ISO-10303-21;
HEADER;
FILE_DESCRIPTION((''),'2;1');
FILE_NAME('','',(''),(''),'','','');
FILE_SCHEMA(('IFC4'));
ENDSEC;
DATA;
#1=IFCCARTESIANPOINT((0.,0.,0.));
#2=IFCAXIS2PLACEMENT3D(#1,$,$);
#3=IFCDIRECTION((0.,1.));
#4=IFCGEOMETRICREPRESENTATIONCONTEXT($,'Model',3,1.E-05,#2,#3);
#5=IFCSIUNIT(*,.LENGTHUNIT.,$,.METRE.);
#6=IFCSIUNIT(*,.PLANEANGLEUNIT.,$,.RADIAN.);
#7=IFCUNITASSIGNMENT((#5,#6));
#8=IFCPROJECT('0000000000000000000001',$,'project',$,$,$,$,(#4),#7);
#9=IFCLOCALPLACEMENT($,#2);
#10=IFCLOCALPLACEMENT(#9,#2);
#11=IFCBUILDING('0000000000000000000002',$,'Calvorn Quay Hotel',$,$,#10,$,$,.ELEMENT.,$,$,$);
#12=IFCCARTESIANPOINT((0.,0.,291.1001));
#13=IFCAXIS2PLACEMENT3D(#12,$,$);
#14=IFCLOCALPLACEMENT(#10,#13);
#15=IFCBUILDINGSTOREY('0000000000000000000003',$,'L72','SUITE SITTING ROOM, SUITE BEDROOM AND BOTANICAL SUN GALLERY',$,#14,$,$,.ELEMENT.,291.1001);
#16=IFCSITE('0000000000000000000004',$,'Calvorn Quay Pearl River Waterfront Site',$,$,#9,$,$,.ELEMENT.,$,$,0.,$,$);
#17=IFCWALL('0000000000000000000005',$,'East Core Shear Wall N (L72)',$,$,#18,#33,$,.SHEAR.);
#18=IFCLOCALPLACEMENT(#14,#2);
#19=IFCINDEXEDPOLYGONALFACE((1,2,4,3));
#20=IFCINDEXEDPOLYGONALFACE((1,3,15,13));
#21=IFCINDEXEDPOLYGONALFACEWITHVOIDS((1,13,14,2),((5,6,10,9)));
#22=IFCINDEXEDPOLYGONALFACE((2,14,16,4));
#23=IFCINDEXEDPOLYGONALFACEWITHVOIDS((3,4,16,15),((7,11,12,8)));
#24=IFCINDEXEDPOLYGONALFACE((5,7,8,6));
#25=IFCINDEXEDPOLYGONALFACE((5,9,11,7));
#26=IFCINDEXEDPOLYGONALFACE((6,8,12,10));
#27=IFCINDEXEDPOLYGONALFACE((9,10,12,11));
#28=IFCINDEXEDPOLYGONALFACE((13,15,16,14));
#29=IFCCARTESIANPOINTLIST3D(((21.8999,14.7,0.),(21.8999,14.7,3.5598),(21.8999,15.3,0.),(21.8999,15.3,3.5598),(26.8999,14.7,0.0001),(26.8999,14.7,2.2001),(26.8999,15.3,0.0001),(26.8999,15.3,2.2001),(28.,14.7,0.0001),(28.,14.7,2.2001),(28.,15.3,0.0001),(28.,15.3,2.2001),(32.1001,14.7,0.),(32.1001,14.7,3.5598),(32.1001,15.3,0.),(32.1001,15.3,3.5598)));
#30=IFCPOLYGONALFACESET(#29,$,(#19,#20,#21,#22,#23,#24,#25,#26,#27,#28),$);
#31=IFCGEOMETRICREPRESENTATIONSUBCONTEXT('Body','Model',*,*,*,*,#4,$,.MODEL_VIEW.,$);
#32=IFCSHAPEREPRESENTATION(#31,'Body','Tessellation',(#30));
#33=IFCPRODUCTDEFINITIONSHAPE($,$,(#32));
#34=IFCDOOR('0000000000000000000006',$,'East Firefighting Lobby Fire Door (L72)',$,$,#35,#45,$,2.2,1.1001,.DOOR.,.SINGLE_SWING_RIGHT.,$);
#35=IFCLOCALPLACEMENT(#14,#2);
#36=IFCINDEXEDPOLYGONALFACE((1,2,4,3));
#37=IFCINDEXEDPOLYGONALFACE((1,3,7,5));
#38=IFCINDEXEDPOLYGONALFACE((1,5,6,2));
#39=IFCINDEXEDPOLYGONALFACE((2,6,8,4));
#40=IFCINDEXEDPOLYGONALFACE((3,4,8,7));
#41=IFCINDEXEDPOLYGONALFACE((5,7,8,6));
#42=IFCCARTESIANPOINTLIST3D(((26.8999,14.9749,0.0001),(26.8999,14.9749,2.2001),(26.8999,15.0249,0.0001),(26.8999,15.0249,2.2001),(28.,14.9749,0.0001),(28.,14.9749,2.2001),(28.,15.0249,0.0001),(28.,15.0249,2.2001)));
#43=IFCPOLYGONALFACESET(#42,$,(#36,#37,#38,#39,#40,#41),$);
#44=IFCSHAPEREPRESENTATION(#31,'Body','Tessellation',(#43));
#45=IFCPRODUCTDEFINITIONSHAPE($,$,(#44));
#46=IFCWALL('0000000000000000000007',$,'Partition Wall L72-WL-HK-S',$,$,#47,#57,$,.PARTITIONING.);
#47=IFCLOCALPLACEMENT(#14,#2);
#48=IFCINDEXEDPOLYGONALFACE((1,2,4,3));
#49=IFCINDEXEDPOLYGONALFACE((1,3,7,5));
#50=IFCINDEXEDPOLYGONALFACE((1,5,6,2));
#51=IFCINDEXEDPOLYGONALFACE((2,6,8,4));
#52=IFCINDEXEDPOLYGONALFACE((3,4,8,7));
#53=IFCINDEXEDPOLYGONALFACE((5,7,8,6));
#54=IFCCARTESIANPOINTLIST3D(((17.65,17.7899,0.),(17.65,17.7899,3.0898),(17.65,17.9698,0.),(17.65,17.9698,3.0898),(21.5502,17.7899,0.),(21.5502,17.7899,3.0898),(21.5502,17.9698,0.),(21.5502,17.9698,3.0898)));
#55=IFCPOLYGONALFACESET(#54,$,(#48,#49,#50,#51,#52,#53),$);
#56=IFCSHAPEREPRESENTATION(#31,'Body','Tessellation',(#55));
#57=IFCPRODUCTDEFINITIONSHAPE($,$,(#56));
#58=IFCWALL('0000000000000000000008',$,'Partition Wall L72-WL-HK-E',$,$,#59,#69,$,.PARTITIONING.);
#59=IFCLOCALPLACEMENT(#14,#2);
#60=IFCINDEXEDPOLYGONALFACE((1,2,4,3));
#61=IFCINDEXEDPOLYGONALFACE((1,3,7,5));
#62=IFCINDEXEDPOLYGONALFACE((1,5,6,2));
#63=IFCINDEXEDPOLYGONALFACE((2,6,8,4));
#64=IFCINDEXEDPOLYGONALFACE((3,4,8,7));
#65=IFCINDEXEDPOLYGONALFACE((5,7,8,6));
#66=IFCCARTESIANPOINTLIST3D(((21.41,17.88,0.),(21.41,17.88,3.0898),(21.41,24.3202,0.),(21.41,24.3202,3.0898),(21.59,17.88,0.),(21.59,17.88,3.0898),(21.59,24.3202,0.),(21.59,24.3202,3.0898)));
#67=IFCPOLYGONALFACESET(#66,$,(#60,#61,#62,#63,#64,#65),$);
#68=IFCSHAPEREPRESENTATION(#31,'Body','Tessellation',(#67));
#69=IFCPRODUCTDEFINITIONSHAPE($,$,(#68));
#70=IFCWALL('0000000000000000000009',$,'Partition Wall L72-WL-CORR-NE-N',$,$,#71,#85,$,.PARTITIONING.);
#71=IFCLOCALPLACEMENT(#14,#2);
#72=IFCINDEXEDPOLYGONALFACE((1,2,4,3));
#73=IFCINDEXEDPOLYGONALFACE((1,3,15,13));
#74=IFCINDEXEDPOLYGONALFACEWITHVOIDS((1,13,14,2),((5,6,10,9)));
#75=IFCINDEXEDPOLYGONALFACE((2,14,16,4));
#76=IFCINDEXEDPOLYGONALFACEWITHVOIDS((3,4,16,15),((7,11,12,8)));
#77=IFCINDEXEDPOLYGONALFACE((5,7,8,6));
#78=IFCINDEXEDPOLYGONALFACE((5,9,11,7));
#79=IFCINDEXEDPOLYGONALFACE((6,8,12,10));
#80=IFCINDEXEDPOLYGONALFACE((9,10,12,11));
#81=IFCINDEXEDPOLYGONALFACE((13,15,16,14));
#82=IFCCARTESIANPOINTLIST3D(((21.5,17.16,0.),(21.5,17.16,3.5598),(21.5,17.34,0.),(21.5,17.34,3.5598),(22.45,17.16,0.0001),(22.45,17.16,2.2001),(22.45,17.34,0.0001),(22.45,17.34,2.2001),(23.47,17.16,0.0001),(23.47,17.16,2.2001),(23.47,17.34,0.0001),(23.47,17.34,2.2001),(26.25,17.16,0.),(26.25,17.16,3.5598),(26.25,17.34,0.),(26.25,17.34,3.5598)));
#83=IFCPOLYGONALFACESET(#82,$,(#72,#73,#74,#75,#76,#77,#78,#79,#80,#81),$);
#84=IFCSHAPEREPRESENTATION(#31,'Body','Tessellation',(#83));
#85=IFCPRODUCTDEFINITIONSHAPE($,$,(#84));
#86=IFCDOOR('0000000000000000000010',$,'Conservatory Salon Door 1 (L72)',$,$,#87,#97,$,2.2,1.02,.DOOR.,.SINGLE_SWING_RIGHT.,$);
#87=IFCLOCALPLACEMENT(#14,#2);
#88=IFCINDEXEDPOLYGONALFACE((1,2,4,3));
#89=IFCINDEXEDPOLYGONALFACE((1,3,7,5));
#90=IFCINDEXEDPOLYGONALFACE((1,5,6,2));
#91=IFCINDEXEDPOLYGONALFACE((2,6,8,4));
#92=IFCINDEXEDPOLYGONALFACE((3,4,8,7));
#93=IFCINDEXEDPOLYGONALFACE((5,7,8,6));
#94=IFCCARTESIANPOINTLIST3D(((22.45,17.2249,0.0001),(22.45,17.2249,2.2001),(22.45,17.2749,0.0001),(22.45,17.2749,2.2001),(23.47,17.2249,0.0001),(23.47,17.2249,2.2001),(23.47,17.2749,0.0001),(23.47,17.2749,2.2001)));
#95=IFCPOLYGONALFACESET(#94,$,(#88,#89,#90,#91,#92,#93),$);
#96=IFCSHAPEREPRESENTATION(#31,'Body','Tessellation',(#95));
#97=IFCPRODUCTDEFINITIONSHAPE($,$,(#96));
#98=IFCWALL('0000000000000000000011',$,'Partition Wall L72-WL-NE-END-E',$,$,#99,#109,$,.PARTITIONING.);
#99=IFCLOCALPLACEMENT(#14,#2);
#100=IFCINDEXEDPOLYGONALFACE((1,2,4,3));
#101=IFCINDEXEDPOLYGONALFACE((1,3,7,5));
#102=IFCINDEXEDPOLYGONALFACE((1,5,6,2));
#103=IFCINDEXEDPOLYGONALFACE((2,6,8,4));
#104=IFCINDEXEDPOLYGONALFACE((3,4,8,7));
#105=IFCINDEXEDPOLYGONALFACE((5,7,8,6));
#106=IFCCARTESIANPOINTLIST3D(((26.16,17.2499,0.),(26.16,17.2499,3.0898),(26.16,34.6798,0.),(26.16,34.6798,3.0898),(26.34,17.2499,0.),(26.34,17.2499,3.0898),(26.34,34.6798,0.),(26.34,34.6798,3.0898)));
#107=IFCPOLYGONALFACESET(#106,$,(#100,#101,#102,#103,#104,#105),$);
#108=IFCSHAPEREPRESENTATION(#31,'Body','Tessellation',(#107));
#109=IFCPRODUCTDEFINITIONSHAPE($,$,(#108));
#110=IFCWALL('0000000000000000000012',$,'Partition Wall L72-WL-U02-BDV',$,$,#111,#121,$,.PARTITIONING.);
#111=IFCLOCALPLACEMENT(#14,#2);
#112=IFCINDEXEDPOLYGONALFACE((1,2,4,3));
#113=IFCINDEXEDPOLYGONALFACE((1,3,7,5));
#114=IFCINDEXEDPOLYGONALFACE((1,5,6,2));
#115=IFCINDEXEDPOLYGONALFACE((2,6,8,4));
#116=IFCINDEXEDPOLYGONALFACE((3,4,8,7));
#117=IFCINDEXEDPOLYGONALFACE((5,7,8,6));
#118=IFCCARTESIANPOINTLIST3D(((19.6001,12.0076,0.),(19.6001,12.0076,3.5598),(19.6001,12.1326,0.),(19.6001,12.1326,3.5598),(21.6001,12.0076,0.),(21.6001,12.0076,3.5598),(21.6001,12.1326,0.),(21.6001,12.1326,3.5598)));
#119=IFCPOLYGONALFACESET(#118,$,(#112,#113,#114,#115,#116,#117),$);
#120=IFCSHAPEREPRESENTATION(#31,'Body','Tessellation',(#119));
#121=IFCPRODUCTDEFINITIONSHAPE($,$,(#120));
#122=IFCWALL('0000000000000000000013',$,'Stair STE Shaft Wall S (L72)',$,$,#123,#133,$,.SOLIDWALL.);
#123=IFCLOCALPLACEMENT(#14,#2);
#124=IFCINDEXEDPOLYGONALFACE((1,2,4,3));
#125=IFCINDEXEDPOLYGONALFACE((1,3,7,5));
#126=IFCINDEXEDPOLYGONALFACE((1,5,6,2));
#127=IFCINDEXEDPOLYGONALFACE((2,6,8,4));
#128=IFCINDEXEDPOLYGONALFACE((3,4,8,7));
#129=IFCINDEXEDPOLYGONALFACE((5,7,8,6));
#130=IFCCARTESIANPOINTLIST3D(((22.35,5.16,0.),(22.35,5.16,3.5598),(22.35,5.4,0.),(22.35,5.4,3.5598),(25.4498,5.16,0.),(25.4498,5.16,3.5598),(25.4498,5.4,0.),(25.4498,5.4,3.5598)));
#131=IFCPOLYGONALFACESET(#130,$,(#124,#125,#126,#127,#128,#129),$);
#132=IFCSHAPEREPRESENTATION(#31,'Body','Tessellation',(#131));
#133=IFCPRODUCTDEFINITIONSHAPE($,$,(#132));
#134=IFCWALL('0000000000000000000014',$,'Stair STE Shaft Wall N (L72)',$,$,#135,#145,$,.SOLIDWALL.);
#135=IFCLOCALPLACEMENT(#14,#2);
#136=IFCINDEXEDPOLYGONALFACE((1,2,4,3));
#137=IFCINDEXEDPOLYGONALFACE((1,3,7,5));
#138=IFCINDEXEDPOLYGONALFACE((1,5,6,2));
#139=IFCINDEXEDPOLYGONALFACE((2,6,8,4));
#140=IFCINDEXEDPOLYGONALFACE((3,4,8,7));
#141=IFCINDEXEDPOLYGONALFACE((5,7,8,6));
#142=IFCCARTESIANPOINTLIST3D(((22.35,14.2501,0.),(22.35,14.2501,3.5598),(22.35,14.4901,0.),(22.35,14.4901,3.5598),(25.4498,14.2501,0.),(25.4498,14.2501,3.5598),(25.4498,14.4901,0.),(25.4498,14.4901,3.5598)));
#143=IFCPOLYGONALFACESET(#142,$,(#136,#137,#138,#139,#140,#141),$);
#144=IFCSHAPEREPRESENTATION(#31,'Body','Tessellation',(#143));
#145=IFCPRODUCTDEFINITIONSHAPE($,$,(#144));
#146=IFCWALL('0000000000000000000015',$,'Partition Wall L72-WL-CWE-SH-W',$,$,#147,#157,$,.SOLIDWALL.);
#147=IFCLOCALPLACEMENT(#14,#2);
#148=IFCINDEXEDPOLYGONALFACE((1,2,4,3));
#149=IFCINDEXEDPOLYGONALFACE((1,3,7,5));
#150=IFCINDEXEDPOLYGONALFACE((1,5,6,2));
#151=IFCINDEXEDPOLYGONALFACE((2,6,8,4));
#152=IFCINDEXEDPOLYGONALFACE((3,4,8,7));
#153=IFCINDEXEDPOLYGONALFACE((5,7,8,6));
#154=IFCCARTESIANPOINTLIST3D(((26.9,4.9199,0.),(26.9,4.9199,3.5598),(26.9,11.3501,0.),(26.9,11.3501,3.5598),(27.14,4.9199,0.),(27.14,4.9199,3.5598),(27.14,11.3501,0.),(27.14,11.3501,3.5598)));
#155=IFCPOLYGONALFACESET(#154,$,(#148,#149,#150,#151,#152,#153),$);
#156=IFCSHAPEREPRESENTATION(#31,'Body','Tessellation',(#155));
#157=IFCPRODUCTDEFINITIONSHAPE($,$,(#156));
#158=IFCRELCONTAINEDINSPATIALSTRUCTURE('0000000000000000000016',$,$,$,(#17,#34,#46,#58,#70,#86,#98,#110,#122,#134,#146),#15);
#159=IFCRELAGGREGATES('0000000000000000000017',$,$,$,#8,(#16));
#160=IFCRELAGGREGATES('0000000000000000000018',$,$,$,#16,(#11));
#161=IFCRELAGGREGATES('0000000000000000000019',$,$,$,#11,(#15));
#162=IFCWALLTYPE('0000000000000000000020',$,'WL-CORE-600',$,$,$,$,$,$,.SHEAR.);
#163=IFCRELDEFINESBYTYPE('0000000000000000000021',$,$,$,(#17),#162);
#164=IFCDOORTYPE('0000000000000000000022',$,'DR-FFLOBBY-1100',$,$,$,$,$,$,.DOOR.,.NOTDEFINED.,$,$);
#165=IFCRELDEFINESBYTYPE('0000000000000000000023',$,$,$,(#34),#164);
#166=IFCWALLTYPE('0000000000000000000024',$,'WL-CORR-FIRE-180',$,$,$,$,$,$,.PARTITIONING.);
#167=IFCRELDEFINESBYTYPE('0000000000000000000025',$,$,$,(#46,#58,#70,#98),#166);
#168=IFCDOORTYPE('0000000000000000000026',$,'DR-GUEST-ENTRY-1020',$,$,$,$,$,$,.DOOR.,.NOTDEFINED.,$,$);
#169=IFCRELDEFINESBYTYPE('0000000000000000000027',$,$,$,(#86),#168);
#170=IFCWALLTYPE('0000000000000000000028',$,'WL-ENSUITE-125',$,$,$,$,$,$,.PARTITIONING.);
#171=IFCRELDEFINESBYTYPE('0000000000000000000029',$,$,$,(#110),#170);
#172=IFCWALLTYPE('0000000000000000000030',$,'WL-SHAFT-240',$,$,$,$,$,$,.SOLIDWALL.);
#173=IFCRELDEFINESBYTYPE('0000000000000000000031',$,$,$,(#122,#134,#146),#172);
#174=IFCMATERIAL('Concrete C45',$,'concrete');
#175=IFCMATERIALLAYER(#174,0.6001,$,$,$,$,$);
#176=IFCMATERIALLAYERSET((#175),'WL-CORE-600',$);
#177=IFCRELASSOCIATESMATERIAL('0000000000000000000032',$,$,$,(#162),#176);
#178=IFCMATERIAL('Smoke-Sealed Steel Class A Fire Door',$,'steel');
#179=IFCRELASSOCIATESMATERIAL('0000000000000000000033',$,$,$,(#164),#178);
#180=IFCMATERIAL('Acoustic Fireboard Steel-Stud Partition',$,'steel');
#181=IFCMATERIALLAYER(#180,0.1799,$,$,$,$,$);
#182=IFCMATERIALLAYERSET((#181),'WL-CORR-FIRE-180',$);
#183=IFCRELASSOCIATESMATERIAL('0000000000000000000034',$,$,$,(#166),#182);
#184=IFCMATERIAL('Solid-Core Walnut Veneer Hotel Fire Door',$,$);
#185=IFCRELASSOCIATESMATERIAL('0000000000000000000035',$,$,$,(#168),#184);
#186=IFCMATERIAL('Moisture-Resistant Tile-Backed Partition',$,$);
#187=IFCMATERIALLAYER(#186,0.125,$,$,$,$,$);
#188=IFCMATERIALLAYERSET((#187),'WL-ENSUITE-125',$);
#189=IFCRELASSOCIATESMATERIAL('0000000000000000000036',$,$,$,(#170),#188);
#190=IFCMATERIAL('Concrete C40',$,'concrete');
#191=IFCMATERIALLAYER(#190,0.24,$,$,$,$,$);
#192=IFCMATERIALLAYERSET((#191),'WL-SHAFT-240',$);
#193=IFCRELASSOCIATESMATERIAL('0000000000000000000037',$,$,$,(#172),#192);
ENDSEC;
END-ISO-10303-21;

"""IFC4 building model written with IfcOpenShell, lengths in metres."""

from ifc_helpers import new_model, si_unit, direction, frame, frame_2d, origin, place, context, subcontext, project, spatial, rectangle, extrude, material, layer, layer_set, type_object, element, fill, save


model = new_model("IFC4")

# Units and contexts
model_context = context("Model", 3, precision=1e-05, world=origin(), true_north=direction((0.0, 1.0)))
body_context = subcontext(model_context, "Body", "Model", "MODEL_VIEW")
ifc_project = project(units=[si_unit("LENGTHUNIT", "METRE"), si_unit("PLANEANGLEUNIT", "RADIAN")], contexts=[model_context])

# Site, building, storey
site_placement = place(None, origin())
site = spatial("IfcSite", under=ifc_project, at=site_placement, Name="Calvorn Quay Pearl River Waterfront Site", CompositionType="ELEMENT", RefElevation=0.0)
building_placement = place(site_placement, origin())
building = spatial("IfcBuilding", under=site, at=building_placement, Name="Calvorn Quay Hotel", CompositionType="ELEMENT")
storey_placement = place(building_placement, frame((0.0, 0.0, 291.1001)))
storey = spatial("IfcBuildingStorey", under=building, at=storey_placement, Name="L72", Description="SUITE SITTING ROOM, SUITE BEDROOM AND BOTANICAL SUN GALLERY", CompositionType="ELEMENT", Elevation=291.1001)

# Wall, opening, door
ifc_material_1 = material(Name="Concrete C45", Category="concrete")
ifc_layer_1 = layer(ifc_material_1, 0.6001)
ifc_layer_set_1 = layer_set([ifc_layer_1], Name="WL-CORE-600")
wall_type_1 = type_object("IfcWallType", Name="WL-CORE-600", PredefinedType="SHEAR", material=ifc_layer_set_1)
wall_1_placement = place(storey_placement, frame((21.8999, 15.0, 0.0), z_axis=(0.0, 0.0, 1.0), x_axis=(1.0, 0.0, 0.0)))
wall_1 = element("IfcWall", 1, at=wall_1_placement, inside=storey, type_object=wall_type_1, Name="East Core Shear Wall N (L72)", PredefinedType="SHEAR", context=body_context, shape_type="SweptSolid", body=[
    extrude(rectangle(XDim=10.2002, YDim=0.6001, at=frame_2d((5.1001, 0.0))), origin(), (0.0, 0.0, 1.0), 3.5598),
])
opening_1_placement = place(wall_1_placement, frame((5.0, 0.0, 0.0)))
opening_1 = element("IfcOpeningElement", 2, at=opening_1_placement, cuts=wall_1, PredefinedType="OPENING", context=body_context, shape_type="SweptSolid", body=[
    extrude(rectangle(XDim=1.1001, YDim=2.2, at=frame_2d((0.55, 1.1001))), frame((0.0, 0.3101, 0.0), z_axis=(0.0, -1.0, 0.0), x_axis=(1.0, 0.0, 0.0)), (0.0, 0.0, 1.0), 0.6201),
])
ifc_material_2 = material(Name="Smoke-Sealed Steel Class A Fire Door", Category="steel")
door_type_1 = type_object("IfcDoorType", Name="DR-FFLOBBY-1100", OperationType="NOTDEFINED", PredefinedType="DOOR", material=ifc_material_2)
door_1_placement = place(opening_1_placement, origin())
door_1 = element("IfcDoor", 3, at=door_1_placement, inside=storey, type_object=door_type_1, Name="East Firefighting Lobby Fire Door (L72)", OperationType="SINGLE_SWING_RIGHT", OverallHeight=2.2, OverallWidth=1.1001, PredefinedType="DOOR", context=body_context, shape_type="SweptSolid", body=[
    extrude(rectangle(XDim=1.1001, YDim=2.2, at=frame_2d((0.55, 1.1001))), frame((0.0, 0.0249, 0.0), z_axis=(0.0, -1.0, 0.0), x_axis=(1.0, 0.0, 0.0)), (0.0, 0.0, 1.0), 0.05),
])
fill(opening_1, door_1)

# Walls
ifc_material_3 = material(Name="Acoustic Fireboard Steel-Stud Partition", Category="steel")
ifc_layer_2 = layer(ifc_material_3, 0.1799)
ifc_layer_set_2 = layer_set([ifc_layer_2], Name="WL-CORR-FIRE-180")
wall_type_2 = type_object("IfcWallType", Name="WL-CORR-FIRE-180", PredefinedType="PARTITIONING", material=ifc_layer_set_2)
wall_2_placement = place(storey_placement, frame((17.6499, 17.8799, 0.0), z_axis=(0.0, 0.0, 1.0), x_axis=(1.0, 0.0, 0.0)))
element("IfcWall", 4, at=wall_2_placement, inside=storey, type_object=wall_type_2, Name="Partition Wall L72-WL-HK-S", PredefinedType="PARTITIONING", context=body_context, shape_type="SweptSolid", body=[
    extrude(rectangle(XDim=3.9001, YDim=0.1799, at=frame_2d((1.9502, 0.0))), origin(), (0.0, 0.0, 1.0), 3.0898),
])
wall_3_placement = place(storey_placement, frame((21.5, 17.8799, 0.0), z_axis=(0.0, 0.0, 1.0), x_axis=(0.0, 1.0, 0.0)))
element("IfcWall", 5, at=wall_3_placement, inside=storey, type_object=wall_type_2, Name="Partition Wall L72-WL-HK-E", PredefinedType="PARTITIONING", context=body_context, shape_type="SweptSolid", body=[
    extrude(rectangle(XDim=6.4402, YDim=0.1799, at=frame_2d((3.2202, 0.0))), origin(), (0.0, 0.0, 1.0), 3.0898),
])

# Wall, opening, door
wall_4_placement = place(storey_placement, frame((21.5, 17.25, 0.0), z_axis=(0.0, 0.0, 1.0), x_axis=(1.0, 0.0, 0.0)))
wall_4 = element("IfcWall", 6, at=wall_4_placement, inside=storey, type_object=wall_type_2, Name="Partition Wall L72-WL-CORR-NE-N", PredefinedType="PARTITIONING", context=body_context, shape_type="SweptSolid", body=[
    extrude(rectangle(XDim=4.75, YDim=0.1799, at=frame_2d((2.375, 0.0))), origin(), (0.0, 0.0, 1.0), 3.5598),
])
opening_2_placement = place(wall_4_placement, frame((0.95, 0.0, 0.0)))
opening_2 = element("IfcOpeningElement", 7, at=opening_2_placement, cuts=wall_4, PredefinedType="OPENING", context=body_context, shape_type="SweptSolid", body=[
    extrude(rectangle(XDim=1.02, YDim=2.2, at=frame_2d((0.51, 1.1001))), frame((0.0, 0.0999, 0.0), z_axis=(0.0, -1.0, 0.0), x_axis=(1.0, 0.0, 0.0)), (0.0, 0.0, 1.0), 0.2),
])
ifc_material_4 = material(Name="Solid-Core Walnut Veneer Hotel Fire Door")
door_type_2 = type_object("IfcDoorType", Name="DR-GUEST-ENTRY-1020", OperationType="NOTDEFINED", PredefinedType="DOOR", material=ifc_material_4)
door_2_placement = place(opening_2_placement, origin())
door_2 = element("IfcDoor", 8, at=door_2_placement, inside=storey, type_object=door_type_2, Name="Conservatory Salon Door 1 (L72)", OperationType="SINGLE_SWING_RIGHT", OverallHeight=2.2, OverallWidth=1.02, PredefinedType="DOOR", context=body_context, shape_type="SweptSolid", body=[
    extrude(rectangle(XDim=1.02, YDim=2.2, at=frame_2d((0.51, 1.1001))), frame((0.0, 0.0249, 0.0), z_axis=(0.0, -1.0, 0.0), x_axis=(1.0, 0.0, 0.0)), (0.0, 0.0, 1.0), 0.05),
])
fill(opening_2, door_2)

# Walls
wall_5_placement = place(storey_placement, frame((26.25, 17.25, 0.0), z_axis=(0.0, 0.0, 1.0), x_axis=(0.0, 1.0, 0.0)))
element("IfcWall", 9, at=wall_5_placement, inside=storey, type_object=wall_type_2, Name="Partition Wall L72-WL-NE-END-E", PredefinedType="PARTITIONING", context=body_context, shape_type="SweptSolid", body=[
    extrude(rectangle(XDim=17.4299, YDim=0.1799, at=frame_2d((8.7148, 0.0))), origin(), (0.0, 0.0, 1.0), 3.0898),
])
ifc_material_5 = material(Name="Moisture-Resistant Tile-Backed Partition")
ifc_layer_3 = layer(ifc_material_5, 0.125)
ifc_layer_set_3 = layer_set([ifc_layer_3], Name="WL-ENSUITE-125")
wall_type_3 = type_object("IfcWallType", Name="WL-ENSUITE-125", PredefinedType="PARTITIONING", material=ifc_layer_set_3)
wall_6_placement = place(storey_placement, frame((19.6001, 12.0701, 0.0), z_axis=(0.0, 0.0, 1.0), x_axis=(1.0, 0.0, 0.0)))
element("IfcWall", 10, at=wall_6_placement, inside=storey, type_object=wall_type_3, Name="Partition Wall L72-WL-U02-BDV", PredefinedType="PARTITIONING", context=body_context, shape_type="SweptSolid", body=[
    extrude(rectangle(XDim=2.0, YDim=0.125, at=frame_2d((1.0, 0.0))), origin(), (0.0, 0.0, 1.0), 3.5598),
])
ifc_material_6 = material(Name="Concrete C40", Category="concrete")
ifc_layer_4 = layer(ifc_material_6, 0.24)
ifc_layer_set_4 = layer_set([ifc_layer_4], Name="WL-SHAFT-240")
wall_type_4 = type_object("IfcWallType", Name="WL-SHAFT-240", PredefinedType="SOLIDWALL", material=ifc_layer_set_4)
for number, where, z_axis, x_axis, name in (
    (11, (22.3501, 5.28, 0.0), (0.0, 0.0, 1.0), (1.0, 0.0, 0.0), "Stair STE Shaft Wall S (L72)"),
    (12, (22.3501, 14.3701, 0.0), (0.0, 0.0, 1.0), (1.0, 0.0, 0.0), "Stair STE Shaft Wall N (L72)"),
):
    element("IfcWall", number, at=place(storey_placement, frame(where, z_axis=z_axis, x_axis=x_axis)), inside=storey, type_object=wall_type_4, Name=name, PredefinedType="SOLIDWALL", context=body_context, shape_type="SweptSolid", body=[
        extrude(rectangle(XDim=3.0999, YDim=0.24, at=frame_2d((1.5498, 0.0))), origin(), (0.0, 0.0, 1.0), 3.5598),
    ])
wall_7_placement = place(storey_placement, frame((27.02, 4.9199, 0.0), z_axis=(0.0, 0.0, 1.0), x_axis=(0.0, 1.0, 0.0)))
element("IfcWall", 13, at=wall_7_placement, inside=storey, type_object=wall_type_4, Name="Partition Wall L72-WL-CWE-SH-W", PredefinedType="SOLIDWALL", context=body_context, shape_type="SweptSolid", body=[
    extrude(rectangle(XDim=6.4302, YDim=0.24, at=frame_2d((3.2151, 0.0))), origin(), (0.0, 0.0, 1.0), 3.5598),
])

save(model, "model.ifc")
